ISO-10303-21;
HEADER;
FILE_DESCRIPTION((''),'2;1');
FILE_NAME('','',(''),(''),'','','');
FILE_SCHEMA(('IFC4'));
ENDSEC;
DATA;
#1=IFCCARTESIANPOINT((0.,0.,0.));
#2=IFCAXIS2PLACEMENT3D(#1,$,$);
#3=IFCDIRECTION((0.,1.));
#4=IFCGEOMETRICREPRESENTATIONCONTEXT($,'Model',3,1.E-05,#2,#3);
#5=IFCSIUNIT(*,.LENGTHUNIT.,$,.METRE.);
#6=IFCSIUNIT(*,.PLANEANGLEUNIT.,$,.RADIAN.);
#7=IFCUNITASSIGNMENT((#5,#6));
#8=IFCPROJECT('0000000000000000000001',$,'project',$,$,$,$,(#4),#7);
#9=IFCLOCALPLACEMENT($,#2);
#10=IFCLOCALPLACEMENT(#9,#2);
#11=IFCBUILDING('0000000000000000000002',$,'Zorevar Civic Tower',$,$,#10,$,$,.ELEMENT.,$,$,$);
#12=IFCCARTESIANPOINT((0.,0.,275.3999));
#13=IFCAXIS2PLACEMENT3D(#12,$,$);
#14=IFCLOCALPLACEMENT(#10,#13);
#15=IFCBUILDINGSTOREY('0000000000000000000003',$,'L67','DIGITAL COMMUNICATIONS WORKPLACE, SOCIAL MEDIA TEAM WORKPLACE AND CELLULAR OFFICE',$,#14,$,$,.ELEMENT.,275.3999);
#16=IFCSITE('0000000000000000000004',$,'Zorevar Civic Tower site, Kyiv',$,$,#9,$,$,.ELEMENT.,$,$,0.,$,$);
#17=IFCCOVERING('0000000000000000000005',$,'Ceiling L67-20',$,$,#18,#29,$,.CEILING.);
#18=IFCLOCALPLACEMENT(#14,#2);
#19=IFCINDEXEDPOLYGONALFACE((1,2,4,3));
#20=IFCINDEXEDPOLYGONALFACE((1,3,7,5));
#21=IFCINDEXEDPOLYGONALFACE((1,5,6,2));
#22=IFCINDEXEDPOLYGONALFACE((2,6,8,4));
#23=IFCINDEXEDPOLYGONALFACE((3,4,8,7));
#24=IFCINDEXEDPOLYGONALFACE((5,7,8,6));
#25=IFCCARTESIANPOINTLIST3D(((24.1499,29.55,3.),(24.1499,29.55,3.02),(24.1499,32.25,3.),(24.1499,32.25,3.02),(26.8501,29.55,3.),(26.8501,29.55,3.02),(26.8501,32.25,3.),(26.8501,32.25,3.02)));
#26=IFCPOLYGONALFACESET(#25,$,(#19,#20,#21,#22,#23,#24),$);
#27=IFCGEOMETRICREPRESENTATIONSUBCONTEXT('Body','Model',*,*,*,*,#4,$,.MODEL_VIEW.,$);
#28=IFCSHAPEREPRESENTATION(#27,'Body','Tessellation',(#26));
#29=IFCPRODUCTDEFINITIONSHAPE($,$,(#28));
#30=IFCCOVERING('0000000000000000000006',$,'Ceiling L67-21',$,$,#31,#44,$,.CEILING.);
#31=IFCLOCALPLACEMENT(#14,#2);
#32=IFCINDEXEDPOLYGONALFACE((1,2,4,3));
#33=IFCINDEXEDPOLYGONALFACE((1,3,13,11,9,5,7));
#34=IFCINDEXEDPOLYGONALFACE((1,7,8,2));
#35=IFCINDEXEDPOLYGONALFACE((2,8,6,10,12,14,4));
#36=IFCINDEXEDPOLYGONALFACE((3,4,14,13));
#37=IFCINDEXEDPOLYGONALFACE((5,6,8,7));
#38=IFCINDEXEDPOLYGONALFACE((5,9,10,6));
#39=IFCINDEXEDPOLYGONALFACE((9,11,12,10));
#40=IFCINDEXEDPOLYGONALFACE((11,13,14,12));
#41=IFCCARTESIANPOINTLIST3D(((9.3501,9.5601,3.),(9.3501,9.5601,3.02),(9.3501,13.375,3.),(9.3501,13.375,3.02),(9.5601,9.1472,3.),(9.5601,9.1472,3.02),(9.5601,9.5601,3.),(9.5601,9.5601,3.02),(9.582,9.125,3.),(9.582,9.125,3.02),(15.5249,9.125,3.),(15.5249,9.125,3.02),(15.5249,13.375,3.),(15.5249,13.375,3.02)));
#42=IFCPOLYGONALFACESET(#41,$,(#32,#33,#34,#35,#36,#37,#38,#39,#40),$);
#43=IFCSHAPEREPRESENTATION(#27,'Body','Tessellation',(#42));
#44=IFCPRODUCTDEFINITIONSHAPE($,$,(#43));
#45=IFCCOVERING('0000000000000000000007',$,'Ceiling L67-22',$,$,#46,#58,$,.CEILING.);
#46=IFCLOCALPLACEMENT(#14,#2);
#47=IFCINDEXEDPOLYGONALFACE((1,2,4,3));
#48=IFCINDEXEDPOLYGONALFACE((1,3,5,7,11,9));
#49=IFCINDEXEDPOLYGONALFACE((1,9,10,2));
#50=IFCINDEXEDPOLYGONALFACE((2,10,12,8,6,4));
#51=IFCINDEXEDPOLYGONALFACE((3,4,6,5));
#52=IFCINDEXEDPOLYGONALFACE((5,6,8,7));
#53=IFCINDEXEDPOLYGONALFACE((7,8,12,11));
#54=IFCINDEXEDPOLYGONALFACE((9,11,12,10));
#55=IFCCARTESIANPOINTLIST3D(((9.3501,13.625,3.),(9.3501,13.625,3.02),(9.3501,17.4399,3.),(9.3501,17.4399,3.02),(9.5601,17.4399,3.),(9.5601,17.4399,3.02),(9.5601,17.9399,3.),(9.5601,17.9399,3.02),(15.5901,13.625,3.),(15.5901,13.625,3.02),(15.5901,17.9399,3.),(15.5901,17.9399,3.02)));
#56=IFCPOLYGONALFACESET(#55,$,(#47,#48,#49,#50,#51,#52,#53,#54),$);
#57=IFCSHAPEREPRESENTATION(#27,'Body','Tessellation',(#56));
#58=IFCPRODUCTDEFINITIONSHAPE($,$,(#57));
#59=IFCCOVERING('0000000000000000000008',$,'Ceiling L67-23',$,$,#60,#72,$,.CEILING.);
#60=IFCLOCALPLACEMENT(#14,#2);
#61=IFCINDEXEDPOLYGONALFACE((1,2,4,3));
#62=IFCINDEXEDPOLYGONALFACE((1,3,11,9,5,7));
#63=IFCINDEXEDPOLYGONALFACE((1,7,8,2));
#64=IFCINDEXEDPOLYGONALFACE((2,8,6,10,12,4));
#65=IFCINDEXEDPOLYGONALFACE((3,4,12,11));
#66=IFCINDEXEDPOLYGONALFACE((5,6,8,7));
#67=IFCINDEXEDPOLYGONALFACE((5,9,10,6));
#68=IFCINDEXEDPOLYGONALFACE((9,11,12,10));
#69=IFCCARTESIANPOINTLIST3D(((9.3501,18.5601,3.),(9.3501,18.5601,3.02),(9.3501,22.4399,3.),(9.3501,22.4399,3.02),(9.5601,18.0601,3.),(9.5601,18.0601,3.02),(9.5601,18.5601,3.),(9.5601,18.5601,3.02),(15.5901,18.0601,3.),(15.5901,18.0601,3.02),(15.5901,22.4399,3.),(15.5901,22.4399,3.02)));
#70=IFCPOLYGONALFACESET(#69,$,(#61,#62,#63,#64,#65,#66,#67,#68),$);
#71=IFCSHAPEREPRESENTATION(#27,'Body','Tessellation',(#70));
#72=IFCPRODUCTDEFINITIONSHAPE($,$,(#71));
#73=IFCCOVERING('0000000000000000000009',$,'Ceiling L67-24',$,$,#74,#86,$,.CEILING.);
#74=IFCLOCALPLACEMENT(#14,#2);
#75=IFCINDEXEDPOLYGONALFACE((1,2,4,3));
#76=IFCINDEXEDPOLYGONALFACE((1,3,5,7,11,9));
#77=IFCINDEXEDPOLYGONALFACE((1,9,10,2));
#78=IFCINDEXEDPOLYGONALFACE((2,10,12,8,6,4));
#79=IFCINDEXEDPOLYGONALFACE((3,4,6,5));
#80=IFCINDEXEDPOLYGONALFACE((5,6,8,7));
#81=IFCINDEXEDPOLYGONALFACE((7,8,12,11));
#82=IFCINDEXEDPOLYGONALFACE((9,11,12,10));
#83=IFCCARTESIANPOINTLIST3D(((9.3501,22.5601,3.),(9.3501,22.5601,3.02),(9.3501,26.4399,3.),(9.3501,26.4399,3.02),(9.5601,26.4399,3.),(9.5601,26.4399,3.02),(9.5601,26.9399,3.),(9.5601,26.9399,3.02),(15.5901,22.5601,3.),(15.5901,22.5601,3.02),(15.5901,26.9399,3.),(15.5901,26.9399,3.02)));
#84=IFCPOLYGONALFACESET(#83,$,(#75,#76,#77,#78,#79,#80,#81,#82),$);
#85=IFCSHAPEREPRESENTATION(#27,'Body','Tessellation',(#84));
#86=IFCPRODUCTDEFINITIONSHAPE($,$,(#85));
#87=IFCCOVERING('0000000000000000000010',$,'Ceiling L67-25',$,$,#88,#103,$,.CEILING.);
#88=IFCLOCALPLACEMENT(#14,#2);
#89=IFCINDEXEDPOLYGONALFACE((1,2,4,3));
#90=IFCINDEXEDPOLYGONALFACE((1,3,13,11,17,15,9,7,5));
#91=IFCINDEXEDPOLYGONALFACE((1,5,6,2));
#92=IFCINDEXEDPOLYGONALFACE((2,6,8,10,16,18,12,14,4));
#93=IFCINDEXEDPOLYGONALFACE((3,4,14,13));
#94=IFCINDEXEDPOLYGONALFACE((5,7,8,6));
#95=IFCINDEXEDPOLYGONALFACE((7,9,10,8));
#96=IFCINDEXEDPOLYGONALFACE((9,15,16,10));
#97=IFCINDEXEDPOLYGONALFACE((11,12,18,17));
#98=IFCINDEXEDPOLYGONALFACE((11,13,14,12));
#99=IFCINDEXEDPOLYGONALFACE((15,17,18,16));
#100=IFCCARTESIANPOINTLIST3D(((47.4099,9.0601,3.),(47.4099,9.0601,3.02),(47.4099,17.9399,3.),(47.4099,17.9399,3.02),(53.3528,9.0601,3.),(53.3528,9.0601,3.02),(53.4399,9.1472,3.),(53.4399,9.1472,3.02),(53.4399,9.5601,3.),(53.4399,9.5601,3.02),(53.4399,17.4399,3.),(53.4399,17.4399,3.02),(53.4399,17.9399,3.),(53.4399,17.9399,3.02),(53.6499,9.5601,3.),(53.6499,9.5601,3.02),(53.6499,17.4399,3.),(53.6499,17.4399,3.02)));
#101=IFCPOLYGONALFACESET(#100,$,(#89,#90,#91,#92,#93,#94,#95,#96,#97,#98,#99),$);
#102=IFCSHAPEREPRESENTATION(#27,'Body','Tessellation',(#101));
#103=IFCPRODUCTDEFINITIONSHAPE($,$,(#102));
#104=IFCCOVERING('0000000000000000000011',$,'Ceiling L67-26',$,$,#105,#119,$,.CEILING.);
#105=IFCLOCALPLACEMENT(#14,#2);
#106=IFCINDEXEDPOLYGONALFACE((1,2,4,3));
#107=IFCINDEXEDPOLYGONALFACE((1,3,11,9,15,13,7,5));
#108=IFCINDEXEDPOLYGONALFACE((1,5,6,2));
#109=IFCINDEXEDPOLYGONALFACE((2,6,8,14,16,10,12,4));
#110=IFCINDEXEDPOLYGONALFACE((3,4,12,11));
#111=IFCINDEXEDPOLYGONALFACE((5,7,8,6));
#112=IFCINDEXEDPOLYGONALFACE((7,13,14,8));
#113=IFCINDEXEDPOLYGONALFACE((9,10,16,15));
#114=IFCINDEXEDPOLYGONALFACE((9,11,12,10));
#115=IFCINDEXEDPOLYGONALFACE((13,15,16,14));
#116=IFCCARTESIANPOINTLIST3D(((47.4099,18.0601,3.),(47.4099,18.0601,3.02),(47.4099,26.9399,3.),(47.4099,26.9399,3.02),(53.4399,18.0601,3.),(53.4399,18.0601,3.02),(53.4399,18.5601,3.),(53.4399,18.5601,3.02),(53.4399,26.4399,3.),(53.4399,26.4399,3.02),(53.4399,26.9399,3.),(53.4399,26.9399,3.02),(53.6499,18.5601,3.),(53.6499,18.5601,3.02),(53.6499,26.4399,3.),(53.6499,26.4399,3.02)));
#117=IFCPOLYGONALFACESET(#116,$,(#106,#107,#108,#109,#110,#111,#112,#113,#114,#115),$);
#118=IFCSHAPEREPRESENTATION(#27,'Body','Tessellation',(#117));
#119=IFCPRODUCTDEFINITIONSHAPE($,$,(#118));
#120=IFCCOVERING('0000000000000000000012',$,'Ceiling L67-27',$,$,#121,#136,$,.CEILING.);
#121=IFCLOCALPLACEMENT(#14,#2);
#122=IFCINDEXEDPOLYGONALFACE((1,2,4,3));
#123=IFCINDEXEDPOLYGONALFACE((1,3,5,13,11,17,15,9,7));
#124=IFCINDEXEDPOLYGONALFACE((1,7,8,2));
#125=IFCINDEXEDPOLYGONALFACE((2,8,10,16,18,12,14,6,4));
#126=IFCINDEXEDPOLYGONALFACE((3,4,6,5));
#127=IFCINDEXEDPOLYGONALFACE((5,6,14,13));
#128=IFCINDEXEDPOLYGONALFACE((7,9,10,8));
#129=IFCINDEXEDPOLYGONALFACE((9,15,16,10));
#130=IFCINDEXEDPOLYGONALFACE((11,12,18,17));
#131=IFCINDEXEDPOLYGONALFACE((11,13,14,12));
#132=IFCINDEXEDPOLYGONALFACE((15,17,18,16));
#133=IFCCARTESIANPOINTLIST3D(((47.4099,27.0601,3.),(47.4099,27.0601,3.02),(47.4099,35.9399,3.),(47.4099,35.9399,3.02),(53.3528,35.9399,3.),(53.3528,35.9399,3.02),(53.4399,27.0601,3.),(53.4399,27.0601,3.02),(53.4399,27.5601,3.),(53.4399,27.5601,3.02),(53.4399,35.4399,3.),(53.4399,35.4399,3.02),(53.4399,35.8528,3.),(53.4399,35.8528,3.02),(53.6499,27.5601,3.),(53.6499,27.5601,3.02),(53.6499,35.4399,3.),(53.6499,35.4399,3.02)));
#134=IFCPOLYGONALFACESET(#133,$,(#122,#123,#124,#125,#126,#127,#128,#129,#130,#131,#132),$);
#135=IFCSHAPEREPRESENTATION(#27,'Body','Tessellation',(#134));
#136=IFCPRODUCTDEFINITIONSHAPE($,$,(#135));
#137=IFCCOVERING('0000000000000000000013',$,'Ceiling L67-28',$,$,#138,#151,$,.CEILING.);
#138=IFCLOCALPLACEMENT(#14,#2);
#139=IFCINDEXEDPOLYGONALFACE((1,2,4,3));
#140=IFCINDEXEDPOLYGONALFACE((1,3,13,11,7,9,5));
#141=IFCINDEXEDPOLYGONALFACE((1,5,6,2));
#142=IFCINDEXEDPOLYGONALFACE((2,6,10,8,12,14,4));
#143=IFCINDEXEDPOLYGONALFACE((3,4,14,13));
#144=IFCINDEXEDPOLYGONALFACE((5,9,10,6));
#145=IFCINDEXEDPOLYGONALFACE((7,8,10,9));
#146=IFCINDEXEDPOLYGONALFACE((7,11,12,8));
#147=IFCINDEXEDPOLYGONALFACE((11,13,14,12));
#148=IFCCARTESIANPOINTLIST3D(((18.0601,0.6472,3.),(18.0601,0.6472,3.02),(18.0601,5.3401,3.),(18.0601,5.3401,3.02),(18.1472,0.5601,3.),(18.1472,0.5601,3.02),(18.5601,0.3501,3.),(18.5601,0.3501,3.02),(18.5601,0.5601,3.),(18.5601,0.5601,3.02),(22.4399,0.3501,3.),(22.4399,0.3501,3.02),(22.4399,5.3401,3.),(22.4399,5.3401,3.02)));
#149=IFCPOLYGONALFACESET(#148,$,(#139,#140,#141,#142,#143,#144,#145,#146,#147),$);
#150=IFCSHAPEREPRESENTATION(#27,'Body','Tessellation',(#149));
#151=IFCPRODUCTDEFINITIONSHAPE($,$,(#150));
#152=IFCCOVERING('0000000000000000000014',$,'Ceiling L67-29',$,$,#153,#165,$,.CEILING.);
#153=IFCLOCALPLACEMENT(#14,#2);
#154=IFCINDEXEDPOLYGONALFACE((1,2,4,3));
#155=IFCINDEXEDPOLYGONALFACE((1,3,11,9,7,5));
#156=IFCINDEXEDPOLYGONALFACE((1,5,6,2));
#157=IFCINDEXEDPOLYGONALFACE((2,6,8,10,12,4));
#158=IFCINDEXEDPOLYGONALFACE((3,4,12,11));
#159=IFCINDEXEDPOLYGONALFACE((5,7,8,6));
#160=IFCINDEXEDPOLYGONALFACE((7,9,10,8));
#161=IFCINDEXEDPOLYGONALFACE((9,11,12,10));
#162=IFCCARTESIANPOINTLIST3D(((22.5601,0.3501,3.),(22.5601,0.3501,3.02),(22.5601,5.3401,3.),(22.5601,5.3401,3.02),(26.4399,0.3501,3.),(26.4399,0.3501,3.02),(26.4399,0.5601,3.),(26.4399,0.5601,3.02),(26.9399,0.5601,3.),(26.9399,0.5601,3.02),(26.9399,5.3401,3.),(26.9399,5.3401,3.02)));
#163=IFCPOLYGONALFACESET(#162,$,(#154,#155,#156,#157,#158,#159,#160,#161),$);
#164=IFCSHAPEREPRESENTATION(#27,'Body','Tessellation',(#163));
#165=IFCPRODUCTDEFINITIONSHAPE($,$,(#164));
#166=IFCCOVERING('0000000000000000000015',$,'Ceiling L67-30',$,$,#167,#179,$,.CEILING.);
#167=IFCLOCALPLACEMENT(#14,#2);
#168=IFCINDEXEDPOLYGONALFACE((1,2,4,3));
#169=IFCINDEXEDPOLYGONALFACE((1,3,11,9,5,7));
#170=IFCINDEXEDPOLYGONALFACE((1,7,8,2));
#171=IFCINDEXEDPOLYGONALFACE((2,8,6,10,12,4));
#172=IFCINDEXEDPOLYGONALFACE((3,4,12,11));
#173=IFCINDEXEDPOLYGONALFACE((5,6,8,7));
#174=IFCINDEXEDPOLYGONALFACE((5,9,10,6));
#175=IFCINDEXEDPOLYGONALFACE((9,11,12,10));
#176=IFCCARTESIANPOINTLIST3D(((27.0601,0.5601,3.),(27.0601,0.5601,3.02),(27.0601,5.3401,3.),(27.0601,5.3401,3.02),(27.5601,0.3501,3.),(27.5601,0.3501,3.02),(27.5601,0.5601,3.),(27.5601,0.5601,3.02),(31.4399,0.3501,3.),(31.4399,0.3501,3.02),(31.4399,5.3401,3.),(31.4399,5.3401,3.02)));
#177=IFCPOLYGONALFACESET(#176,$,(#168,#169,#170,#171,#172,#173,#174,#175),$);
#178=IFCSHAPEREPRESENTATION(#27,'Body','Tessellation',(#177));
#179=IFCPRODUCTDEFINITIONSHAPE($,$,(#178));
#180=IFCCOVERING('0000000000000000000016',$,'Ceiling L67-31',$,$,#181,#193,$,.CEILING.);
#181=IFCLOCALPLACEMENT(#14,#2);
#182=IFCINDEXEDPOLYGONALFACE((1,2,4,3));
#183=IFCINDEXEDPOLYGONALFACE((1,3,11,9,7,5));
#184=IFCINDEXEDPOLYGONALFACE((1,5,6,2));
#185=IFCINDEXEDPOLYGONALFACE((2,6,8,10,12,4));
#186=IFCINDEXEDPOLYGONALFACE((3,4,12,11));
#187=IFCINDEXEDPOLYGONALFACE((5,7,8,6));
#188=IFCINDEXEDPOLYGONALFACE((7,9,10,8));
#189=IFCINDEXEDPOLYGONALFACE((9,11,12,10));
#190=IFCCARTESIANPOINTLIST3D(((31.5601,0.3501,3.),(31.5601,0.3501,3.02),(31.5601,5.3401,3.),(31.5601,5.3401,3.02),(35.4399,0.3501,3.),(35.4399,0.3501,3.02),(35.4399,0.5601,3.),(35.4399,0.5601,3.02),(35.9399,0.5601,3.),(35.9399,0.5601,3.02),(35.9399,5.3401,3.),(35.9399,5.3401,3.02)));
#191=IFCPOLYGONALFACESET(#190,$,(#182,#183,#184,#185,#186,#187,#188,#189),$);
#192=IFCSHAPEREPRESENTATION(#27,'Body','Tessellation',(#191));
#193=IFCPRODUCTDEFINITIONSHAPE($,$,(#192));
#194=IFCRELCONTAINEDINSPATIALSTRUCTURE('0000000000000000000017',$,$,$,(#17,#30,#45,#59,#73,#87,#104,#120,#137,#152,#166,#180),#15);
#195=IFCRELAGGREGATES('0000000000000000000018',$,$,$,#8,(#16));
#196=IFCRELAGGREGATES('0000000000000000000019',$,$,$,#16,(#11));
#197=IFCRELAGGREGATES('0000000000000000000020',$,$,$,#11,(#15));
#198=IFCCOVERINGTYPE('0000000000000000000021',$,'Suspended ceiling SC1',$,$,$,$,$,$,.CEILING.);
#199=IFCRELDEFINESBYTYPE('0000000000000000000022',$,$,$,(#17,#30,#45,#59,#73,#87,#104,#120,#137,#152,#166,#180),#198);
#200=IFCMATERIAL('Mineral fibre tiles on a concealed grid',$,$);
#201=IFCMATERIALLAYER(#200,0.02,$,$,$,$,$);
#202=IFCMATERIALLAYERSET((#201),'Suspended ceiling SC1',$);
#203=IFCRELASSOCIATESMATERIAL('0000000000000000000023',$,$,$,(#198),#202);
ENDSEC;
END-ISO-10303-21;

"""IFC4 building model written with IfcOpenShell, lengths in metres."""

from ifc_helpers import new_model, si_unit, direction, frame, origin, place, context, subcontext, project, spatial, polyline, outline, extrude, material, layer, layer_set, type_object, element, save


model = new_model("IFC4")

# Units and contexts
model_context = context("Model", 3, precision=1e-05, world=origin(), true_north=direction((0.0, 1.0)))
body_context = subcontext(model_context, "Body", "Model", "MODEL_VIEW")
ifc_project = project(units=[si_unit("LENGTHUNIT", "METRE"), si_unit("PLANEANGLEUNIT", "RADIAN")], contexts=[model_context])

# Site, building, storey
site_placement = place(None, origin())
site = spatial("IfcSite", under=ifc_project, at=site_placement, Name="Zorevar Civic Tower site, Kyiv", CompositionType="ELEMENT", RefElevation=0.0)
building_placement = place(site_placement, origin())
building = spatial("IfcBuilding", under=site, at=building_placement, Name="Zorevar Civic Tower", CompositionType="ELEMENT")
storey_placement = place(building_placement, frame((0.0, 0.0, 275.3999)))
storey = spatial("IfcBuildingStorey", under=building, at=storey_placement, Name="L67", Description="DIGITAL COMMUNICATIONS WORKPLACE, SOCIAL MEDIA TEAM WORKPLACE AND CELLULAR OFFICE", CompositionType="ELEMENT", Elevation=275.3999)

# Coverings
ifc_material_1 = material(Name="Mineral fibre tiles on a concealed grid")
ifc_layer_1 = layer(ifc_material_1, 0.02)
ifc_layer_set_1 = layer_set([ifc_layer_1], Name="Suspended ceiling SC1")
covering_type_1 = type_object("IfcCoveringType", Name="Suspended ceiling SC1", PredefinedType="CEILING", material=ifc_layer_set_1)
covering_1_placement = place(storey_placement, frame((0.0, 0.0, 3.0)))
element("IfcCovering", 1, at=covering_1_placement, inside=storey, type_object=covering_type_1, Name="Ceiling L67-20", PredefinedType="CEILING", context=body_context, shape_type="SweptSolid", body=[
    extrude(outline(polyline([(26.8501, 29.55), (26.8501, 32.25), (24.1499, 32.25), (24.1499, 29.55), (26.8501, 29.55)])), origin(), (0.0, 0.0, 1.0), 0.02),
])
covering_2_placement = place(storey_placement, frame((0.0, 0.0, 3.0)))
element("IfcCovering", 2, at=covering_2_placement, inside=storey, type_object=covering_type_1, Name="Ceiling L67-21", PredefinedType="CEILING", context=body_context, shape_type="SweptSolid", body=[
    extrude(outline(polyline([(9.582, 9.125), (9.5601, 9.1472), (9.5601, 9.5601), (9.3501, 9.5601), (9.3501, 13.375), (15.5249, 13.375), (15.5249, 9.125), (9.582, 9.125)])), origin(), (0.0, 0.0, 1.0), 0.02),
])
covering_3_placement = place(storey_placement, frame((0.0, 0.0, 3.0)))
element("IfcCovering", 3, at=covering_3_placement, inside=storey, type_object=covering_type_1, Name="Ceiling L67-22", PredefinedType="CEILING", context=body_context, shape_type="SweptSolid", body=[
    extrude(outline(polyline([(15.5901, 13.625), (9.3501, 13.625), (9.3501, 17.4399), (9.5601, 17.4399), (9.5601, 17.9399), (15.5901, 17.9399), (15.5901, 13.625)])), origin(), (0.0, 0.0, 1.0), 0.02),
])
covering_4_placement = place(storey_placement, frame((0.0, 0.0, 3.0)))
element("IfcCovering", 4, at=covering_4_placement, inside=storey, type_object=covering_type_1, Name="Ceiling L67-23", PredefinedType="CEILING", context=body_context, shape_type="SweptSolid", body=[
    extrude(outline(polyline([(15.5901, 18.0601), (9.5601, 18.0601), (9.5601, 18.5601), (9.3501, 18.5601), (9.3501, 22.4399), (15.5901, 22.4399), (15.5901, 18.0601)])), origin(), (0.0, 0.0, 1.0), 0.02),
])
covering_5_placement = place(storey_placement, frame((0.0, 0.0, 3.0)))
element("IfcCovering", 5, at=covering_5_placement, inside=storey, type_object=covering_type_1, Name="Ceiling L67-24", PredefinedType="CEILING", context=body_context, shape_type="SweptSolid", body=[
    extrude(outline(polyline([(15.5901, 22.5601), (9.3501, 22.5601), (9.3501, 26.4399), (9.5601, 26.4399), (9.5601, 26.9399), (15.5901, 26.9399), (15.5901, 22.5601)])), origin(), (0.0, 0.0, 1.0), 0.02),
])
covering_6_placement = place(storey_placement, frame((0.0, 0.0, 3.0)))
element("IfcCovering", 6, at=covering_6_placement, inside=storey, type_object=covering_type_1, Name="Ceiling L67-25", PredefinedType="CEILING", context=body_context, shape_type="SweptSolid", body=[
    extrude(outline(polyline([(53.4399, 9.5601), (53.4399, 9.1472), (53.3528, 9.0601), (47.4099, 9.0601), (47.4099, 17.9399), (53.4399, 17.9399), (53.4399, 17.4399), (53.6499, 17.4399), (53.6499, 9.5601), (53.4399, 9.5601)])), origin(), (0.0, 0.0, 1.0), 0.02),
])
covering_7_placement = place(storey_placement, frame((0.0, 0.0, 3.0)))
element("IfcCovering", 7, at=covering_7_placement, inside=storey, type_object=covering_type_1, Name="Ceiling L67-26", PredefinedType="CEILING", context=body_context, shape_type="SweptSolid", body=[
    extrude(outline(polyline([(53.6499, 18.5601), (53.4399, 18.5601), (53.4399, 18.0601), (47.4099, 18.0601), (47.4099, 26.9399), (53.4399, 26.9399), (53.4399, 26.4399), (53.6499, 26.4399), (53.6499, 18.5601)])), origin(), (0.0, 0.0, 1.0), 0.02),
])
covering_8_placement = place(storey_placement, frame((0.0, 0.0, 3.0)))
element("IfcCovering", 8, at=covering_8_placement, inside=storey, type_object=covering_type_1, Name="Ceiling L67-27", PredefinedType="CEILING", context=body_context, shape_type="SweptSolid", body=[
    extrude(outline(polyline([(53.4399, 27.5601), (53.4399, 27.0601), (47.4099, 27.0601), (47.4099, 35.9399), (53.3528, 35.9399), (53.4399, 35.8528), (53.4399, 35.4399), (53.6499, 35.4399), (53.6499, 27.5601), (53.4399, 27.5601)])), origin(), (0.0, 0.0, 1.0), 0.02),
])
covering_9_placement = place(storey_placement, frame((0.0, 0.0, 3.0)))
element("IfcCovering", 9, at=covering_9_placement, inside=storey, type_object=covering_type_1, Name="Ceiling L67-28", PredefinedType="CEILING", context=body_context, shape_type="SweptSolid", body=[
    extrude(outline(polyline([(22.4399, 0.3501), (18.5601, 0.3501), (18.5601, 0.5601), (18.1472, 0.5601), (18.0601, 0.6472), (18.0601, 5.3401), (22.4399, 5.3401), (22.4399, 0.3501)])), origin(), (0.0, 0.0, 1.0), 0.02),
])
covering_10_placement = place(storey_placement, frame((0.0, 0.0, 3.0)))
element("IfcCovering", 10, at=covering_10_placement, inside=storey, type_object=covering_type_1, Name="Ceiling L67-29", PredefinedType="CEILING", context=body_context, shape_type="SweptSolid", body=[
    extrude(outline(polyline([(26.9399, 5.3401), (26.9399, 0.5601), (26.4399, 0.5601), (26.4399, 0.3501), (22.5601, 0.3501), (22.5601, 5.3401), (26.9399, 5.3401)])), origin(), (0.0, 0.0, 1.0), 0.02),
])
covering_11_placement = place(storey_placement, frame((0.0, 0.0, 3.0)))
element("IfcCovering", 11, at=covering_11_placement, inside=storey, type_object=covering_type_1, Name="Ceiling L67-30", PredefinedType="CEILING", context=body_context, shape_type="SweptSolid", body=[
    extrude(outline(polyline([(31.4399, 5.3401), (31.4399, 0.3501), (27.5601, 0.3501), (27.5601, 0.5601), (27.0601, 0.5601), (27.0601, 5.3401), (31.4399, 5.3401)])), origin(), (0.0, 0.0, 1.0), 0.02),
])
covering_12_placement = place(storey_placement, frame((0.0, 0.0, 3.0)))
element("IfcCovering", 12, at=covering_12_placement, inside=storey, type_object=covering_type_1, Name="Ceiling L67-31", PredefinedType="CEILING", context=body_context, shape_type="SweptSolid", body=[
    extrude(outline(polyline([(35.9399, 5.3401), (35.9399, 0.5601), (35.4399, 0.5601), (35.4399, 0.3501), (31.5601, 0.3501), (31.5601, 5.3401), (35.9399, 5.3401)])), origin(), (0.0, 0.0, 1.0), 0.02),
])

save(model, "model.ifc")
